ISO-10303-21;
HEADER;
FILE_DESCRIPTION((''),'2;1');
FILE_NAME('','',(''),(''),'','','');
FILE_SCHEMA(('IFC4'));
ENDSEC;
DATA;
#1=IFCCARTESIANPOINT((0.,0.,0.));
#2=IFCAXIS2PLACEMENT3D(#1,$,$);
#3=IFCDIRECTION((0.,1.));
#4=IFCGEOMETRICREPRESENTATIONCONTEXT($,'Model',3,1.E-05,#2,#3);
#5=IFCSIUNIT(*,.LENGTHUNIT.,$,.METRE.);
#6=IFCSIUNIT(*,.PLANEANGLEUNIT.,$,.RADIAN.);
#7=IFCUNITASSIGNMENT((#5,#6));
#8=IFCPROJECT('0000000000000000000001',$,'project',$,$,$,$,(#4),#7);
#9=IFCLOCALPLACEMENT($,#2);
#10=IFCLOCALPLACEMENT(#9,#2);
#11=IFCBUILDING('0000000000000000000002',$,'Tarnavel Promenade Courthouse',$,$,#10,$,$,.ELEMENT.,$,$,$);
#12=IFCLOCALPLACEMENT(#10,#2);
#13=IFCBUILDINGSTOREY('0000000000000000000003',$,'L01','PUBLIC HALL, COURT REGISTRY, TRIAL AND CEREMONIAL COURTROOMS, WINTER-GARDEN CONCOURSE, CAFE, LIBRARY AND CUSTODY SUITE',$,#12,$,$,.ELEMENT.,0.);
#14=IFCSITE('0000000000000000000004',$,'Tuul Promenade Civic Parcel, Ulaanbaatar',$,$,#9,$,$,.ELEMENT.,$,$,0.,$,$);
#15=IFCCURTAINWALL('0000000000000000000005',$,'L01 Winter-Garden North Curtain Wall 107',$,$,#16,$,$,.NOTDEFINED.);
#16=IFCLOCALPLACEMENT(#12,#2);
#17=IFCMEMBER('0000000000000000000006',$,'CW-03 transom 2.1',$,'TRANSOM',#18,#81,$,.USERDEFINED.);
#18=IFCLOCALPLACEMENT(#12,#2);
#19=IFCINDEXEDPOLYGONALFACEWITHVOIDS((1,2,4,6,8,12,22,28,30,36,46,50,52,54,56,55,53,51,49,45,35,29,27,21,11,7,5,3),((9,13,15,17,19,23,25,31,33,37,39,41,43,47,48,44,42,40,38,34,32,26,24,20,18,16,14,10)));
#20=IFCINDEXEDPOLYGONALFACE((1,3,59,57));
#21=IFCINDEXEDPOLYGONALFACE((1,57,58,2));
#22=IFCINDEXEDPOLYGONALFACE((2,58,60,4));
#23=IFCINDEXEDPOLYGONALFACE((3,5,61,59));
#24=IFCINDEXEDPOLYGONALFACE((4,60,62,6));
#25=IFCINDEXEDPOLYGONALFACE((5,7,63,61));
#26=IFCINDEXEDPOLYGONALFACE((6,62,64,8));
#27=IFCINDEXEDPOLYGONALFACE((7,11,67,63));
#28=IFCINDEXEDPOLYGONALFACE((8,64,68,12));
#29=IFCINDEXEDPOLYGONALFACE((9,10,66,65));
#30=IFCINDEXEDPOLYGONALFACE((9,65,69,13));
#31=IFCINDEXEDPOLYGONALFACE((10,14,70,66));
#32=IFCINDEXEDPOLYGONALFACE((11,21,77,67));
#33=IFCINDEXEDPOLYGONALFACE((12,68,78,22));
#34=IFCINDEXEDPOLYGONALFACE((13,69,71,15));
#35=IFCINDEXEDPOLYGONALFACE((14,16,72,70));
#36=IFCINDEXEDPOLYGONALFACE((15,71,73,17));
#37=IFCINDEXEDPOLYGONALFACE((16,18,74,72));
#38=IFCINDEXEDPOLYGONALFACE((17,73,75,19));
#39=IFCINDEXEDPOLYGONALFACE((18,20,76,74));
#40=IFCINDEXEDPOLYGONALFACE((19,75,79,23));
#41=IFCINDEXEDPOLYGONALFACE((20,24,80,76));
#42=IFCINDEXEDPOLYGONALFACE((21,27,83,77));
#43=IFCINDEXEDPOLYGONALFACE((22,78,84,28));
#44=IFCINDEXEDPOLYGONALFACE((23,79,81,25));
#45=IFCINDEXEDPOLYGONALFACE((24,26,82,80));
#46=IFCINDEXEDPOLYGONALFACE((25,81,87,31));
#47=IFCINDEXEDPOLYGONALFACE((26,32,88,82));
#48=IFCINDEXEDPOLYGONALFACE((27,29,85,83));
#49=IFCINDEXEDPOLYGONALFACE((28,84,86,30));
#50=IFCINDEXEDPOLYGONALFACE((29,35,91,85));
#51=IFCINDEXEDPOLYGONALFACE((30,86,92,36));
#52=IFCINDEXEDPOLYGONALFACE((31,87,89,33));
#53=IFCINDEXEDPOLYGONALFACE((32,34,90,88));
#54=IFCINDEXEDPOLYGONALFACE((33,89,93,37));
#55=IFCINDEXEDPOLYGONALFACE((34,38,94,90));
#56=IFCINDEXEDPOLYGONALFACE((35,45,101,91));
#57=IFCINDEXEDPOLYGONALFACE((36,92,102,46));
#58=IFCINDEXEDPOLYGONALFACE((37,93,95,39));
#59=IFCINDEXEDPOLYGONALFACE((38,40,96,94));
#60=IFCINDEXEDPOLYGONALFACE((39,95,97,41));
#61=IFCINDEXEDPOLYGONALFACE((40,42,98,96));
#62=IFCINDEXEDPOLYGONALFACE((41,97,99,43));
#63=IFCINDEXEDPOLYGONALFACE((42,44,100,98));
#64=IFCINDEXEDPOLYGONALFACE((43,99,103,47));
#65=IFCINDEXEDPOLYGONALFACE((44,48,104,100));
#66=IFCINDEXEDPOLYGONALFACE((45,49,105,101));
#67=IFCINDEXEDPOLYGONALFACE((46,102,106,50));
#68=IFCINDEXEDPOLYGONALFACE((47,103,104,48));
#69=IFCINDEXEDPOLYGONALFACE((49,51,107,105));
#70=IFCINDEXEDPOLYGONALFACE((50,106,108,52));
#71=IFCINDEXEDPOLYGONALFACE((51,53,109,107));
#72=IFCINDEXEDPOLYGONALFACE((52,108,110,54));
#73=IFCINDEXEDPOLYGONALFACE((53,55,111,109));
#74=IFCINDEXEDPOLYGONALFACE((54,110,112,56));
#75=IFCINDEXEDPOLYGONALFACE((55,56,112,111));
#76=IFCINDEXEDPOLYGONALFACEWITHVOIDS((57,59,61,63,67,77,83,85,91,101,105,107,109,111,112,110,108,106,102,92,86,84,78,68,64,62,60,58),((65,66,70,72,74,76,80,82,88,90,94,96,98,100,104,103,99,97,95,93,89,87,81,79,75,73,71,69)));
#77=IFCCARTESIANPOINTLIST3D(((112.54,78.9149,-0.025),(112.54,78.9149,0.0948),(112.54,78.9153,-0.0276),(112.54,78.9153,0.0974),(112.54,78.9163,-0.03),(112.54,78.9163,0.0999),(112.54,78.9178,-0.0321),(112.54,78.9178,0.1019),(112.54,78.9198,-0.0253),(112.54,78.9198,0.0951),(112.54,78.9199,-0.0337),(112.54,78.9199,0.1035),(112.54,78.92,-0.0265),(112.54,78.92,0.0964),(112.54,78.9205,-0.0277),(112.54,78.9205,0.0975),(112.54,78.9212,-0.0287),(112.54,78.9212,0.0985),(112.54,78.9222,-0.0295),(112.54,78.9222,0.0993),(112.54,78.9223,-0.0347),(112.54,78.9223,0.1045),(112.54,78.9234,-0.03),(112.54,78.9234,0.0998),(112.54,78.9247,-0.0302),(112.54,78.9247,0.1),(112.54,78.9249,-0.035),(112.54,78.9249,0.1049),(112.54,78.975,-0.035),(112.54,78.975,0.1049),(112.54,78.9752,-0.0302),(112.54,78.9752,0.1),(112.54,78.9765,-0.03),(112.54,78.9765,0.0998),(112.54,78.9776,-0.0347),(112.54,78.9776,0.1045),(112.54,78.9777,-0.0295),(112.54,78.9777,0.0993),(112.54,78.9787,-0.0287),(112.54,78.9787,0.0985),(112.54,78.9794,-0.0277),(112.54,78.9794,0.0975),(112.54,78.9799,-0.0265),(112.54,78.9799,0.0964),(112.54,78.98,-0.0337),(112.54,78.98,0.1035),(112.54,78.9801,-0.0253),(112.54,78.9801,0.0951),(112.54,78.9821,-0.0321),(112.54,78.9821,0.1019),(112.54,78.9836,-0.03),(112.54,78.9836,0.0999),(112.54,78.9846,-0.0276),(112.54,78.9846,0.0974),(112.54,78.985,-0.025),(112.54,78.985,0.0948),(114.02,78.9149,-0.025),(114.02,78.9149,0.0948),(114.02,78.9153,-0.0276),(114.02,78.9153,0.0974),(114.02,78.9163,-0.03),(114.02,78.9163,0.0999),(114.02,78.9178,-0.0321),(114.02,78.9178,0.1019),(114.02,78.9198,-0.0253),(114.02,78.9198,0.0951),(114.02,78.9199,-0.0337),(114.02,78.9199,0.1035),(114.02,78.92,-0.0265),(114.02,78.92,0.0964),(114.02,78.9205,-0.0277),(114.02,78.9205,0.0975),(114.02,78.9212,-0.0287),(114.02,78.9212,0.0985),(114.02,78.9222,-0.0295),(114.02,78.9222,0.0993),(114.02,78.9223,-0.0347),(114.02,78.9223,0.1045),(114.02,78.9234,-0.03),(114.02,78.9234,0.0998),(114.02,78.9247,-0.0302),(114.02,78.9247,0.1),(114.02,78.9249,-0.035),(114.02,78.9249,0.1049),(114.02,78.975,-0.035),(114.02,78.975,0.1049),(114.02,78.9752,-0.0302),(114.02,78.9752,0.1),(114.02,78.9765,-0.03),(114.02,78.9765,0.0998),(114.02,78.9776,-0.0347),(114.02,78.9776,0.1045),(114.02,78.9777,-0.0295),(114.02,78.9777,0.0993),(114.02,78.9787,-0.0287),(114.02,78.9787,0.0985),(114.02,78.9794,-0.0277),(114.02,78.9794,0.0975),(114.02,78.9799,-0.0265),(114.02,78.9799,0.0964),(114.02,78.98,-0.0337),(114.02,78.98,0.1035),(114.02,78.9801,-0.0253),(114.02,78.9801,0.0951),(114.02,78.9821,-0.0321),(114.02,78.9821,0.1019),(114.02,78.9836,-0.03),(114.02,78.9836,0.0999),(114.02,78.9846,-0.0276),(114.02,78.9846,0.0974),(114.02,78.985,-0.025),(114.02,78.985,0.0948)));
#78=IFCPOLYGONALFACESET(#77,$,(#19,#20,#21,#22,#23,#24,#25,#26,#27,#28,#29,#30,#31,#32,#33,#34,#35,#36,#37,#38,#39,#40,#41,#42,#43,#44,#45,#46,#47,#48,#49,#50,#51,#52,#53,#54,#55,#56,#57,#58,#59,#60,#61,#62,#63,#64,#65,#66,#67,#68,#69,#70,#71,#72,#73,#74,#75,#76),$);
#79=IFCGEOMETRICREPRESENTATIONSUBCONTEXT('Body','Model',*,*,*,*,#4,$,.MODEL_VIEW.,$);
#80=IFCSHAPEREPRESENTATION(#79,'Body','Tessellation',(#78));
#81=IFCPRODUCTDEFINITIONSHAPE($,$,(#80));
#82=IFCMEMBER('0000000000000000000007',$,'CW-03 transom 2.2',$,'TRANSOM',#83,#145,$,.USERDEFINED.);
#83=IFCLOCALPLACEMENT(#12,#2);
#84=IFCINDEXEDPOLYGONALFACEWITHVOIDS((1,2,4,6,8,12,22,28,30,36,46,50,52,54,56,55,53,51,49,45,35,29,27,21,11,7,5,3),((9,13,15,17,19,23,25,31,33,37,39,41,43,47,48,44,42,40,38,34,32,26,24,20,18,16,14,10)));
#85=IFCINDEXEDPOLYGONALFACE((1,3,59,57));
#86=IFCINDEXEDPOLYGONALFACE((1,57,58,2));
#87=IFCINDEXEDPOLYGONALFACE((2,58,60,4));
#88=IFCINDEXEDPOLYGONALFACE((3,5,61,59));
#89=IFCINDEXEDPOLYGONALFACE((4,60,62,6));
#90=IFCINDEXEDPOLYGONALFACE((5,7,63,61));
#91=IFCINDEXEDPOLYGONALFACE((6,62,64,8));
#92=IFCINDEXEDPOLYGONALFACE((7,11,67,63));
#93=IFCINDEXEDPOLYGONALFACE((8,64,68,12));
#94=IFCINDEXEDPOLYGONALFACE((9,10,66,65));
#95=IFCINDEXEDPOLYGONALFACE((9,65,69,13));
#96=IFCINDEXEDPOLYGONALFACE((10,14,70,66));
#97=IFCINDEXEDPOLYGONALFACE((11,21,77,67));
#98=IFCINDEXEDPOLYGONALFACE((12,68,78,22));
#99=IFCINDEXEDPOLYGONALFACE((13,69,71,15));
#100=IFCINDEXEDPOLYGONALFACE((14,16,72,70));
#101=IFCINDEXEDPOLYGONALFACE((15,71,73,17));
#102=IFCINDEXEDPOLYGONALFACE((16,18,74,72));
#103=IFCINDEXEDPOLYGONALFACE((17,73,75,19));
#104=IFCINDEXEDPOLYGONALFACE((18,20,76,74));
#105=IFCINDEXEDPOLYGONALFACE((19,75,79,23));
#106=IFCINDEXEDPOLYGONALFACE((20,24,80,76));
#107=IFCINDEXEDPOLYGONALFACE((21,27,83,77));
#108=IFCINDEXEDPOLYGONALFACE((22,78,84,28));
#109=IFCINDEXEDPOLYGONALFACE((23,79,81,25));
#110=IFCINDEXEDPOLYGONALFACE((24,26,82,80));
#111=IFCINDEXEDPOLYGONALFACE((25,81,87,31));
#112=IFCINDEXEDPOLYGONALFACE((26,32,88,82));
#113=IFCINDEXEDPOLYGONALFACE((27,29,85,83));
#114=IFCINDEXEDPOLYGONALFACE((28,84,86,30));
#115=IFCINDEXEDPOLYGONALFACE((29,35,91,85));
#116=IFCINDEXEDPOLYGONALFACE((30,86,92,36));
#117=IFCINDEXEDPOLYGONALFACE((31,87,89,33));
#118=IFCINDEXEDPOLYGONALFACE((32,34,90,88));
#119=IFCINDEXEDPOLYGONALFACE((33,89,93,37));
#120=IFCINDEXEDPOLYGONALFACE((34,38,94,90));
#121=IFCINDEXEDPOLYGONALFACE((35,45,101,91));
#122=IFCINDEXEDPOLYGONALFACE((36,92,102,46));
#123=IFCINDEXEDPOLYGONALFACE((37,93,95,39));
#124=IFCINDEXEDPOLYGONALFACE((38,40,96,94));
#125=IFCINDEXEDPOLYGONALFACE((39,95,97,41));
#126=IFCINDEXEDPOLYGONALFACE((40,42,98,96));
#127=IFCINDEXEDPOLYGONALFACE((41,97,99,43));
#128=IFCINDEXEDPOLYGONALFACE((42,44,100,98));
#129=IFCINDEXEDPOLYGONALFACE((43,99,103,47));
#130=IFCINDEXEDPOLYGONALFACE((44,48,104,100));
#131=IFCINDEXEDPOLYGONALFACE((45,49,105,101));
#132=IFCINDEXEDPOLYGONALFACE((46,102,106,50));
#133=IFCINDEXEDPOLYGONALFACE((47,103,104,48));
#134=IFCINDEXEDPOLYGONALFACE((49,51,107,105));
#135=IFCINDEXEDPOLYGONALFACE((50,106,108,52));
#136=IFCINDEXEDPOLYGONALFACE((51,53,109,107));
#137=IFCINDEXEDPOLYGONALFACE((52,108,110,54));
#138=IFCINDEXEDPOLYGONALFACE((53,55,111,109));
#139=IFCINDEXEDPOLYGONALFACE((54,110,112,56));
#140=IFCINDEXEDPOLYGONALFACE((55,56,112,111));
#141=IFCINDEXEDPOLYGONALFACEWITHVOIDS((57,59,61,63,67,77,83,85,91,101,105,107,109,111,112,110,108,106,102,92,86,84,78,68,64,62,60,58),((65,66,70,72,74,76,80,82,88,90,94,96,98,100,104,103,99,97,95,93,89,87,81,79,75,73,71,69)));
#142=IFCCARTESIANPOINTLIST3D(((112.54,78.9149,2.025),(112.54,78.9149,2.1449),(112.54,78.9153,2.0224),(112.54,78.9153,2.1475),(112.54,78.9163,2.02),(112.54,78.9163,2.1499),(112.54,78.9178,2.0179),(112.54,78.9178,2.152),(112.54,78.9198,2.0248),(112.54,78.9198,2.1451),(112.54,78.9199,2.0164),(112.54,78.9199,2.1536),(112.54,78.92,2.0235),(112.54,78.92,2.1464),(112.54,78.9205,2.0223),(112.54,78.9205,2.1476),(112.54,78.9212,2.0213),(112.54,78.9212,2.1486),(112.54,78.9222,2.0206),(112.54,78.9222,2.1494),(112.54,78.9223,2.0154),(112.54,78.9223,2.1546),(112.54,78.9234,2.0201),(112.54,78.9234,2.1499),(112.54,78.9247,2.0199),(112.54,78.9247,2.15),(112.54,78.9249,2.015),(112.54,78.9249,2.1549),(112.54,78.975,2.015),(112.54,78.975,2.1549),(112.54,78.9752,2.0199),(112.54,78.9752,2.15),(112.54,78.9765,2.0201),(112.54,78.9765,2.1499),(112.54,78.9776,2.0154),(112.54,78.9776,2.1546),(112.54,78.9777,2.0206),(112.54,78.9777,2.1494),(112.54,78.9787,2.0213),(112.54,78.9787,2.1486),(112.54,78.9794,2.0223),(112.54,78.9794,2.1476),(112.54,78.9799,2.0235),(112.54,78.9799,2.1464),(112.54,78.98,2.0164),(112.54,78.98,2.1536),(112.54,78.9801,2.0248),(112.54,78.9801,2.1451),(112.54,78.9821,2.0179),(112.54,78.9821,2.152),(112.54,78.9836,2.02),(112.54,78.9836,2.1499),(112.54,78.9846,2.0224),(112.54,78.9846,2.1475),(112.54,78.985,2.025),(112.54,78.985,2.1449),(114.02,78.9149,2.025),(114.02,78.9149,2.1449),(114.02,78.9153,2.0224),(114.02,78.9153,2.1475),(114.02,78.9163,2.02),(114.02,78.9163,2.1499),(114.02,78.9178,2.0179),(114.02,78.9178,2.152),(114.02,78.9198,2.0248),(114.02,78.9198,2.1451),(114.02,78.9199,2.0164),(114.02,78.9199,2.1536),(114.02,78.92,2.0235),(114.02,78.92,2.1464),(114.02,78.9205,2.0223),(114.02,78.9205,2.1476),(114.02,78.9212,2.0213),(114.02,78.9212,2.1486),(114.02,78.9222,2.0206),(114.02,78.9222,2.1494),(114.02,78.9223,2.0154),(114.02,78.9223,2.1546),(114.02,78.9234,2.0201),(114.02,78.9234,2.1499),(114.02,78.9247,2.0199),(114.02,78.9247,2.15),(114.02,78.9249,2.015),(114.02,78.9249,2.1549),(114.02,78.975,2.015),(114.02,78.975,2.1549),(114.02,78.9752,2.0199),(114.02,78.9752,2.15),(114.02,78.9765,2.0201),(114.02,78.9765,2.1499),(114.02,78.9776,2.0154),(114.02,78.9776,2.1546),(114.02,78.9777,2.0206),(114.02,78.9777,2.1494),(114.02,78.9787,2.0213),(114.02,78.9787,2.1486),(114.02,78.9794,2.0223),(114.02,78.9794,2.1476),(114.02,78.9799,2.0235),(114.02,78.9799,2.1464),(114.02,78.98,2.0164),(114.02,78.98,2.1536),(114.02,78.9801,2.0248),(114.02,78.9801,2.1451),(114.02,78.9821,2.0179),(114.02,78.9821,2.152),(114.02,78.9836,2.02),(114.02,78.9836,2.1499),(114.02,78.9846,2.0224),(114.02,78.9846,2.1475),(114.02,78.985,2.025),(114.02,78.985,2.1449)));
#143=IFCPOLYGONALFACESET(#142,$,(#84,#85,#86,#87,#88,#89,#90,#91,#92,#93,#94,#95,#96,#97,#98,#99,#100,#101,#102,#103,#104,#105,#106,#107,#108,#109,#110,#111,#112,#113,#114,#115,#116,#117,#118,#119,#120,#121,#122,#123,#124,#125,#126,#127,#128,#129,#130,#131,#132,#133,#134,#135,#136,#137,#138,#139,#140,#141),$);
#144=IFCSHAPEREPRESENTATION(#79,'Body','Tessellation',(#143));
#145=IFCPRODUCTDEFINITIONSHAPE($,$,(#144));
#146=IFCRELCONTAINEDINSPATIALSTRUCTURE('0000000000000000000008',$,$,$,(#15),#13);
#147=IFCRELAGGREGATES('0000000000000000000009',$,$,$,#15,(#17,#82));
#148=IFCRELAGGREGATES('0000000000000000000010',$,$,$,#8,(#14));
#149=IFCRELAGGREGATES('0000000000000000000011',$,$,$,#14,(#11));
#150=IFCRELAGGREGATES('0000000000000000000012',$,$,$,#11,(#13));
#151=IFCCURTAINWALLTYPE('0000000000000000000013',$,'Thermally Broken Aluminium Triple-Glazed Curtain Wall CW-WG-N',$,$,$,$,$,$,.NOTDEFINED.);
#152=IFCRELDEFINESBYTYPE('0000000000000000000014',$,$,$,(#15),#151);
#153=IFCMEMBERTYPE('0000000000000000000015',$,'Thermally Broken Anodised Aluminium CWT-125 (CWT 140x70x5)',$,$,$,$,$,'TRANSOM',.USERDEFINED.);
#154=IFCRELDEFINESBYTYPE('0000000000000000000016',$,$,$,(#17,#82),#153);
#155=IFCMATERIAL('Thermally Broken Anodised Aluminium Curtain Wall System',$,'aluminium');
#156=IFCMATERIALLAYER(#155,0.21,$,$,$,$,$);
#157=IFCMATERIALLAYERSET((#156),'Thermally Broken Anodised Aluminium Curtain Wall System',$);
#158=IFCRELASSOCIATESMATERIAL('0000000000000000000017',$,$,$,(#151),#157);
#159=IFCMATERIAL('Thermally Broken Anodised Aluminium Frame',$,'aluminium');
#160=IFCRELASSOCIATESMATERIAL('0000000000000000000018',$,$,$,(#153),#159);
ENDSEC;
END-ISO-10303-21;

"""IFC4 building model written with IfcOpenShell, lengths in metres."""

from ifc_helpers import new_model, si_unit, direction, frame, origin, origin_2d, place, context, subcontext, project, spatial, hollow_rectangle, extrude, material, layer, layer_set, material_profile, profile_set, type_object, element, aggregate, save


model = new_model("IFC4")

# Units and contexts
model_context = context("Model", 3, precision=1e-05, world=origin(), true_north=direction((0.0, 1.0)))
body_context = subcontext(model_context, "Body", "Model", "MODEL_VIEW")
ifc_project = project(units=[si_unit("LENGTHUNIT", "METRE"), si_unit("PLANEANGLEUNIT", "RADIAN")], contexts=[model_context])

# Site, building, storey
site_placement = place(None, origin())
site = spatial("IfcSite", under=ifc_project, at=site_placement, Name="Tuul Promenade Civic Parcel, Ulaanbaatar", CompositionType="ELEMENT", RefElevation=0.0)
building_placement = place(site_placement, origin())
building = spatial("IfcBuilding", under=site, at=building_placement, Name="Tarnavel Promenade Courthouse", CompositionType="ELEMENT")
storey_placement = place(building_placement, origin())
storey = spatial("IfcBuildingStorey", under=building, at=storey_placement, Name="L01", Description="PUBLIC HALL, COURT REGISTRY, TRIAL AND CEREMONIAL COURTROOMS, WINTER-GARDEN CONCOURSE, CAFE, LIBRARY AND CUSTODY SUITE", CompositionType="ELEMENT", Elevation=0.0)

# Curtain wall, members
ifc_material_1 = material(Name="Thermally Broken Anodised Aluminium Curtain Wall System", Category="aluminium")
ifc_layer_1 = layer(ifc_material_1, 0.21)
ifc_layer_set_1 = layer_set([ifc_layer_1], Name="Thermally Broken Anodised Aluminium Curtain Wall System")
curtain_wall_type = type_object("IfcCurtainWallType", Name="Thermally Broken Aluminium Triple-Glazed Curtain Wall CW-WG-N", PredefinedType="NOTDEFINED", material=ifc_layer_set_1)
curtain_wall_placement = place(storey_placement, origin())
curtain_wall = element("IfcCurtainWall", 1, at=curtain_wall_placement, inside=storey, type_object=curtain_wall_type, Name="L01 Winter-Garden North Curtain Wall 107", PredefinedType="NOTDEFINED")
ifc_material_2 = material(Name="Thermally Broken Anodised Aluminium Frame", Category="aluminium")
ifc_material_profile_1 = material_profile(ifc_material_2, hollow_rectangle(XDim=0.0701, YDim=0.1399, WallThickness=0.0049, InnerFilletRadius=0.0049, OuterFilletRadius=0.01, at=origin_2d()), Name="CWT 140x70x5")
ifc_profile_set_1 = profile_set([ifc_material_profile_1], Name="Thermally Broken Anodised Aluminium Frame")
member_type_1 = type_object("IfcMemberType", Name="Thermally Broken Anodised Aluminium CWT-125 (CWT 140x70x5)", ElementType="TRANSOM", PredefinedType="USERDEFINED", material=ifc_profile_set_1)
member_1_placement = place(storey_placement, frame((112.54, 78.95, 0.0349), z_axis=(1.0, 0.0, 0.0), x_axis=(0.0, 1.0, 0.0)))
member_1 = element("IfcMember", 2, at=member_1_placement, type_object=member_type_1, Name="CW-03 transom 2.1", ObjectType="TRANSOM", PredefinedType="USERDEFINED", context=body_context, shape_type="SweptSolid", body=[
    extrude(hollow_rectangle(XDim=0.0701, YDim=0.1399, WallThickness=0.0049, InnerFilletRadius=0.0049, OuterFilletRadius=0.01, at=origin_2d()), origin(), (0.0, 0.0, 1.0), 1.48),
])
member_2_placement = place(storey_placement, frame((112.54, 78.95, 2.085), z_axis=(1.0, 0.0, 0.0), x_axis=(0.0, 1.0, 0.0)))
member_2 = element("IfcMember", 3, at=member_2_placement, type_object=member_type_1, Name="CW-03 transom 2.2", ObjectType="TRANSOM", PredefinedType="USERDEFINED", context=body_context, shape_type="SweptSolid", body=[
    extrude(hollow_rectangle(XDim=0.0701, YDim=0.1399, WallThickness=0.0049, InnerFilletRadius=0.0049, OuterFilletRadius=0.01, at=origin_2d()), origin(), (0.0, 0.0, 1.0), 1.48),
])
aggregate(curtain_wall, [member_1, member_2])

save(model, "model.ifc")
